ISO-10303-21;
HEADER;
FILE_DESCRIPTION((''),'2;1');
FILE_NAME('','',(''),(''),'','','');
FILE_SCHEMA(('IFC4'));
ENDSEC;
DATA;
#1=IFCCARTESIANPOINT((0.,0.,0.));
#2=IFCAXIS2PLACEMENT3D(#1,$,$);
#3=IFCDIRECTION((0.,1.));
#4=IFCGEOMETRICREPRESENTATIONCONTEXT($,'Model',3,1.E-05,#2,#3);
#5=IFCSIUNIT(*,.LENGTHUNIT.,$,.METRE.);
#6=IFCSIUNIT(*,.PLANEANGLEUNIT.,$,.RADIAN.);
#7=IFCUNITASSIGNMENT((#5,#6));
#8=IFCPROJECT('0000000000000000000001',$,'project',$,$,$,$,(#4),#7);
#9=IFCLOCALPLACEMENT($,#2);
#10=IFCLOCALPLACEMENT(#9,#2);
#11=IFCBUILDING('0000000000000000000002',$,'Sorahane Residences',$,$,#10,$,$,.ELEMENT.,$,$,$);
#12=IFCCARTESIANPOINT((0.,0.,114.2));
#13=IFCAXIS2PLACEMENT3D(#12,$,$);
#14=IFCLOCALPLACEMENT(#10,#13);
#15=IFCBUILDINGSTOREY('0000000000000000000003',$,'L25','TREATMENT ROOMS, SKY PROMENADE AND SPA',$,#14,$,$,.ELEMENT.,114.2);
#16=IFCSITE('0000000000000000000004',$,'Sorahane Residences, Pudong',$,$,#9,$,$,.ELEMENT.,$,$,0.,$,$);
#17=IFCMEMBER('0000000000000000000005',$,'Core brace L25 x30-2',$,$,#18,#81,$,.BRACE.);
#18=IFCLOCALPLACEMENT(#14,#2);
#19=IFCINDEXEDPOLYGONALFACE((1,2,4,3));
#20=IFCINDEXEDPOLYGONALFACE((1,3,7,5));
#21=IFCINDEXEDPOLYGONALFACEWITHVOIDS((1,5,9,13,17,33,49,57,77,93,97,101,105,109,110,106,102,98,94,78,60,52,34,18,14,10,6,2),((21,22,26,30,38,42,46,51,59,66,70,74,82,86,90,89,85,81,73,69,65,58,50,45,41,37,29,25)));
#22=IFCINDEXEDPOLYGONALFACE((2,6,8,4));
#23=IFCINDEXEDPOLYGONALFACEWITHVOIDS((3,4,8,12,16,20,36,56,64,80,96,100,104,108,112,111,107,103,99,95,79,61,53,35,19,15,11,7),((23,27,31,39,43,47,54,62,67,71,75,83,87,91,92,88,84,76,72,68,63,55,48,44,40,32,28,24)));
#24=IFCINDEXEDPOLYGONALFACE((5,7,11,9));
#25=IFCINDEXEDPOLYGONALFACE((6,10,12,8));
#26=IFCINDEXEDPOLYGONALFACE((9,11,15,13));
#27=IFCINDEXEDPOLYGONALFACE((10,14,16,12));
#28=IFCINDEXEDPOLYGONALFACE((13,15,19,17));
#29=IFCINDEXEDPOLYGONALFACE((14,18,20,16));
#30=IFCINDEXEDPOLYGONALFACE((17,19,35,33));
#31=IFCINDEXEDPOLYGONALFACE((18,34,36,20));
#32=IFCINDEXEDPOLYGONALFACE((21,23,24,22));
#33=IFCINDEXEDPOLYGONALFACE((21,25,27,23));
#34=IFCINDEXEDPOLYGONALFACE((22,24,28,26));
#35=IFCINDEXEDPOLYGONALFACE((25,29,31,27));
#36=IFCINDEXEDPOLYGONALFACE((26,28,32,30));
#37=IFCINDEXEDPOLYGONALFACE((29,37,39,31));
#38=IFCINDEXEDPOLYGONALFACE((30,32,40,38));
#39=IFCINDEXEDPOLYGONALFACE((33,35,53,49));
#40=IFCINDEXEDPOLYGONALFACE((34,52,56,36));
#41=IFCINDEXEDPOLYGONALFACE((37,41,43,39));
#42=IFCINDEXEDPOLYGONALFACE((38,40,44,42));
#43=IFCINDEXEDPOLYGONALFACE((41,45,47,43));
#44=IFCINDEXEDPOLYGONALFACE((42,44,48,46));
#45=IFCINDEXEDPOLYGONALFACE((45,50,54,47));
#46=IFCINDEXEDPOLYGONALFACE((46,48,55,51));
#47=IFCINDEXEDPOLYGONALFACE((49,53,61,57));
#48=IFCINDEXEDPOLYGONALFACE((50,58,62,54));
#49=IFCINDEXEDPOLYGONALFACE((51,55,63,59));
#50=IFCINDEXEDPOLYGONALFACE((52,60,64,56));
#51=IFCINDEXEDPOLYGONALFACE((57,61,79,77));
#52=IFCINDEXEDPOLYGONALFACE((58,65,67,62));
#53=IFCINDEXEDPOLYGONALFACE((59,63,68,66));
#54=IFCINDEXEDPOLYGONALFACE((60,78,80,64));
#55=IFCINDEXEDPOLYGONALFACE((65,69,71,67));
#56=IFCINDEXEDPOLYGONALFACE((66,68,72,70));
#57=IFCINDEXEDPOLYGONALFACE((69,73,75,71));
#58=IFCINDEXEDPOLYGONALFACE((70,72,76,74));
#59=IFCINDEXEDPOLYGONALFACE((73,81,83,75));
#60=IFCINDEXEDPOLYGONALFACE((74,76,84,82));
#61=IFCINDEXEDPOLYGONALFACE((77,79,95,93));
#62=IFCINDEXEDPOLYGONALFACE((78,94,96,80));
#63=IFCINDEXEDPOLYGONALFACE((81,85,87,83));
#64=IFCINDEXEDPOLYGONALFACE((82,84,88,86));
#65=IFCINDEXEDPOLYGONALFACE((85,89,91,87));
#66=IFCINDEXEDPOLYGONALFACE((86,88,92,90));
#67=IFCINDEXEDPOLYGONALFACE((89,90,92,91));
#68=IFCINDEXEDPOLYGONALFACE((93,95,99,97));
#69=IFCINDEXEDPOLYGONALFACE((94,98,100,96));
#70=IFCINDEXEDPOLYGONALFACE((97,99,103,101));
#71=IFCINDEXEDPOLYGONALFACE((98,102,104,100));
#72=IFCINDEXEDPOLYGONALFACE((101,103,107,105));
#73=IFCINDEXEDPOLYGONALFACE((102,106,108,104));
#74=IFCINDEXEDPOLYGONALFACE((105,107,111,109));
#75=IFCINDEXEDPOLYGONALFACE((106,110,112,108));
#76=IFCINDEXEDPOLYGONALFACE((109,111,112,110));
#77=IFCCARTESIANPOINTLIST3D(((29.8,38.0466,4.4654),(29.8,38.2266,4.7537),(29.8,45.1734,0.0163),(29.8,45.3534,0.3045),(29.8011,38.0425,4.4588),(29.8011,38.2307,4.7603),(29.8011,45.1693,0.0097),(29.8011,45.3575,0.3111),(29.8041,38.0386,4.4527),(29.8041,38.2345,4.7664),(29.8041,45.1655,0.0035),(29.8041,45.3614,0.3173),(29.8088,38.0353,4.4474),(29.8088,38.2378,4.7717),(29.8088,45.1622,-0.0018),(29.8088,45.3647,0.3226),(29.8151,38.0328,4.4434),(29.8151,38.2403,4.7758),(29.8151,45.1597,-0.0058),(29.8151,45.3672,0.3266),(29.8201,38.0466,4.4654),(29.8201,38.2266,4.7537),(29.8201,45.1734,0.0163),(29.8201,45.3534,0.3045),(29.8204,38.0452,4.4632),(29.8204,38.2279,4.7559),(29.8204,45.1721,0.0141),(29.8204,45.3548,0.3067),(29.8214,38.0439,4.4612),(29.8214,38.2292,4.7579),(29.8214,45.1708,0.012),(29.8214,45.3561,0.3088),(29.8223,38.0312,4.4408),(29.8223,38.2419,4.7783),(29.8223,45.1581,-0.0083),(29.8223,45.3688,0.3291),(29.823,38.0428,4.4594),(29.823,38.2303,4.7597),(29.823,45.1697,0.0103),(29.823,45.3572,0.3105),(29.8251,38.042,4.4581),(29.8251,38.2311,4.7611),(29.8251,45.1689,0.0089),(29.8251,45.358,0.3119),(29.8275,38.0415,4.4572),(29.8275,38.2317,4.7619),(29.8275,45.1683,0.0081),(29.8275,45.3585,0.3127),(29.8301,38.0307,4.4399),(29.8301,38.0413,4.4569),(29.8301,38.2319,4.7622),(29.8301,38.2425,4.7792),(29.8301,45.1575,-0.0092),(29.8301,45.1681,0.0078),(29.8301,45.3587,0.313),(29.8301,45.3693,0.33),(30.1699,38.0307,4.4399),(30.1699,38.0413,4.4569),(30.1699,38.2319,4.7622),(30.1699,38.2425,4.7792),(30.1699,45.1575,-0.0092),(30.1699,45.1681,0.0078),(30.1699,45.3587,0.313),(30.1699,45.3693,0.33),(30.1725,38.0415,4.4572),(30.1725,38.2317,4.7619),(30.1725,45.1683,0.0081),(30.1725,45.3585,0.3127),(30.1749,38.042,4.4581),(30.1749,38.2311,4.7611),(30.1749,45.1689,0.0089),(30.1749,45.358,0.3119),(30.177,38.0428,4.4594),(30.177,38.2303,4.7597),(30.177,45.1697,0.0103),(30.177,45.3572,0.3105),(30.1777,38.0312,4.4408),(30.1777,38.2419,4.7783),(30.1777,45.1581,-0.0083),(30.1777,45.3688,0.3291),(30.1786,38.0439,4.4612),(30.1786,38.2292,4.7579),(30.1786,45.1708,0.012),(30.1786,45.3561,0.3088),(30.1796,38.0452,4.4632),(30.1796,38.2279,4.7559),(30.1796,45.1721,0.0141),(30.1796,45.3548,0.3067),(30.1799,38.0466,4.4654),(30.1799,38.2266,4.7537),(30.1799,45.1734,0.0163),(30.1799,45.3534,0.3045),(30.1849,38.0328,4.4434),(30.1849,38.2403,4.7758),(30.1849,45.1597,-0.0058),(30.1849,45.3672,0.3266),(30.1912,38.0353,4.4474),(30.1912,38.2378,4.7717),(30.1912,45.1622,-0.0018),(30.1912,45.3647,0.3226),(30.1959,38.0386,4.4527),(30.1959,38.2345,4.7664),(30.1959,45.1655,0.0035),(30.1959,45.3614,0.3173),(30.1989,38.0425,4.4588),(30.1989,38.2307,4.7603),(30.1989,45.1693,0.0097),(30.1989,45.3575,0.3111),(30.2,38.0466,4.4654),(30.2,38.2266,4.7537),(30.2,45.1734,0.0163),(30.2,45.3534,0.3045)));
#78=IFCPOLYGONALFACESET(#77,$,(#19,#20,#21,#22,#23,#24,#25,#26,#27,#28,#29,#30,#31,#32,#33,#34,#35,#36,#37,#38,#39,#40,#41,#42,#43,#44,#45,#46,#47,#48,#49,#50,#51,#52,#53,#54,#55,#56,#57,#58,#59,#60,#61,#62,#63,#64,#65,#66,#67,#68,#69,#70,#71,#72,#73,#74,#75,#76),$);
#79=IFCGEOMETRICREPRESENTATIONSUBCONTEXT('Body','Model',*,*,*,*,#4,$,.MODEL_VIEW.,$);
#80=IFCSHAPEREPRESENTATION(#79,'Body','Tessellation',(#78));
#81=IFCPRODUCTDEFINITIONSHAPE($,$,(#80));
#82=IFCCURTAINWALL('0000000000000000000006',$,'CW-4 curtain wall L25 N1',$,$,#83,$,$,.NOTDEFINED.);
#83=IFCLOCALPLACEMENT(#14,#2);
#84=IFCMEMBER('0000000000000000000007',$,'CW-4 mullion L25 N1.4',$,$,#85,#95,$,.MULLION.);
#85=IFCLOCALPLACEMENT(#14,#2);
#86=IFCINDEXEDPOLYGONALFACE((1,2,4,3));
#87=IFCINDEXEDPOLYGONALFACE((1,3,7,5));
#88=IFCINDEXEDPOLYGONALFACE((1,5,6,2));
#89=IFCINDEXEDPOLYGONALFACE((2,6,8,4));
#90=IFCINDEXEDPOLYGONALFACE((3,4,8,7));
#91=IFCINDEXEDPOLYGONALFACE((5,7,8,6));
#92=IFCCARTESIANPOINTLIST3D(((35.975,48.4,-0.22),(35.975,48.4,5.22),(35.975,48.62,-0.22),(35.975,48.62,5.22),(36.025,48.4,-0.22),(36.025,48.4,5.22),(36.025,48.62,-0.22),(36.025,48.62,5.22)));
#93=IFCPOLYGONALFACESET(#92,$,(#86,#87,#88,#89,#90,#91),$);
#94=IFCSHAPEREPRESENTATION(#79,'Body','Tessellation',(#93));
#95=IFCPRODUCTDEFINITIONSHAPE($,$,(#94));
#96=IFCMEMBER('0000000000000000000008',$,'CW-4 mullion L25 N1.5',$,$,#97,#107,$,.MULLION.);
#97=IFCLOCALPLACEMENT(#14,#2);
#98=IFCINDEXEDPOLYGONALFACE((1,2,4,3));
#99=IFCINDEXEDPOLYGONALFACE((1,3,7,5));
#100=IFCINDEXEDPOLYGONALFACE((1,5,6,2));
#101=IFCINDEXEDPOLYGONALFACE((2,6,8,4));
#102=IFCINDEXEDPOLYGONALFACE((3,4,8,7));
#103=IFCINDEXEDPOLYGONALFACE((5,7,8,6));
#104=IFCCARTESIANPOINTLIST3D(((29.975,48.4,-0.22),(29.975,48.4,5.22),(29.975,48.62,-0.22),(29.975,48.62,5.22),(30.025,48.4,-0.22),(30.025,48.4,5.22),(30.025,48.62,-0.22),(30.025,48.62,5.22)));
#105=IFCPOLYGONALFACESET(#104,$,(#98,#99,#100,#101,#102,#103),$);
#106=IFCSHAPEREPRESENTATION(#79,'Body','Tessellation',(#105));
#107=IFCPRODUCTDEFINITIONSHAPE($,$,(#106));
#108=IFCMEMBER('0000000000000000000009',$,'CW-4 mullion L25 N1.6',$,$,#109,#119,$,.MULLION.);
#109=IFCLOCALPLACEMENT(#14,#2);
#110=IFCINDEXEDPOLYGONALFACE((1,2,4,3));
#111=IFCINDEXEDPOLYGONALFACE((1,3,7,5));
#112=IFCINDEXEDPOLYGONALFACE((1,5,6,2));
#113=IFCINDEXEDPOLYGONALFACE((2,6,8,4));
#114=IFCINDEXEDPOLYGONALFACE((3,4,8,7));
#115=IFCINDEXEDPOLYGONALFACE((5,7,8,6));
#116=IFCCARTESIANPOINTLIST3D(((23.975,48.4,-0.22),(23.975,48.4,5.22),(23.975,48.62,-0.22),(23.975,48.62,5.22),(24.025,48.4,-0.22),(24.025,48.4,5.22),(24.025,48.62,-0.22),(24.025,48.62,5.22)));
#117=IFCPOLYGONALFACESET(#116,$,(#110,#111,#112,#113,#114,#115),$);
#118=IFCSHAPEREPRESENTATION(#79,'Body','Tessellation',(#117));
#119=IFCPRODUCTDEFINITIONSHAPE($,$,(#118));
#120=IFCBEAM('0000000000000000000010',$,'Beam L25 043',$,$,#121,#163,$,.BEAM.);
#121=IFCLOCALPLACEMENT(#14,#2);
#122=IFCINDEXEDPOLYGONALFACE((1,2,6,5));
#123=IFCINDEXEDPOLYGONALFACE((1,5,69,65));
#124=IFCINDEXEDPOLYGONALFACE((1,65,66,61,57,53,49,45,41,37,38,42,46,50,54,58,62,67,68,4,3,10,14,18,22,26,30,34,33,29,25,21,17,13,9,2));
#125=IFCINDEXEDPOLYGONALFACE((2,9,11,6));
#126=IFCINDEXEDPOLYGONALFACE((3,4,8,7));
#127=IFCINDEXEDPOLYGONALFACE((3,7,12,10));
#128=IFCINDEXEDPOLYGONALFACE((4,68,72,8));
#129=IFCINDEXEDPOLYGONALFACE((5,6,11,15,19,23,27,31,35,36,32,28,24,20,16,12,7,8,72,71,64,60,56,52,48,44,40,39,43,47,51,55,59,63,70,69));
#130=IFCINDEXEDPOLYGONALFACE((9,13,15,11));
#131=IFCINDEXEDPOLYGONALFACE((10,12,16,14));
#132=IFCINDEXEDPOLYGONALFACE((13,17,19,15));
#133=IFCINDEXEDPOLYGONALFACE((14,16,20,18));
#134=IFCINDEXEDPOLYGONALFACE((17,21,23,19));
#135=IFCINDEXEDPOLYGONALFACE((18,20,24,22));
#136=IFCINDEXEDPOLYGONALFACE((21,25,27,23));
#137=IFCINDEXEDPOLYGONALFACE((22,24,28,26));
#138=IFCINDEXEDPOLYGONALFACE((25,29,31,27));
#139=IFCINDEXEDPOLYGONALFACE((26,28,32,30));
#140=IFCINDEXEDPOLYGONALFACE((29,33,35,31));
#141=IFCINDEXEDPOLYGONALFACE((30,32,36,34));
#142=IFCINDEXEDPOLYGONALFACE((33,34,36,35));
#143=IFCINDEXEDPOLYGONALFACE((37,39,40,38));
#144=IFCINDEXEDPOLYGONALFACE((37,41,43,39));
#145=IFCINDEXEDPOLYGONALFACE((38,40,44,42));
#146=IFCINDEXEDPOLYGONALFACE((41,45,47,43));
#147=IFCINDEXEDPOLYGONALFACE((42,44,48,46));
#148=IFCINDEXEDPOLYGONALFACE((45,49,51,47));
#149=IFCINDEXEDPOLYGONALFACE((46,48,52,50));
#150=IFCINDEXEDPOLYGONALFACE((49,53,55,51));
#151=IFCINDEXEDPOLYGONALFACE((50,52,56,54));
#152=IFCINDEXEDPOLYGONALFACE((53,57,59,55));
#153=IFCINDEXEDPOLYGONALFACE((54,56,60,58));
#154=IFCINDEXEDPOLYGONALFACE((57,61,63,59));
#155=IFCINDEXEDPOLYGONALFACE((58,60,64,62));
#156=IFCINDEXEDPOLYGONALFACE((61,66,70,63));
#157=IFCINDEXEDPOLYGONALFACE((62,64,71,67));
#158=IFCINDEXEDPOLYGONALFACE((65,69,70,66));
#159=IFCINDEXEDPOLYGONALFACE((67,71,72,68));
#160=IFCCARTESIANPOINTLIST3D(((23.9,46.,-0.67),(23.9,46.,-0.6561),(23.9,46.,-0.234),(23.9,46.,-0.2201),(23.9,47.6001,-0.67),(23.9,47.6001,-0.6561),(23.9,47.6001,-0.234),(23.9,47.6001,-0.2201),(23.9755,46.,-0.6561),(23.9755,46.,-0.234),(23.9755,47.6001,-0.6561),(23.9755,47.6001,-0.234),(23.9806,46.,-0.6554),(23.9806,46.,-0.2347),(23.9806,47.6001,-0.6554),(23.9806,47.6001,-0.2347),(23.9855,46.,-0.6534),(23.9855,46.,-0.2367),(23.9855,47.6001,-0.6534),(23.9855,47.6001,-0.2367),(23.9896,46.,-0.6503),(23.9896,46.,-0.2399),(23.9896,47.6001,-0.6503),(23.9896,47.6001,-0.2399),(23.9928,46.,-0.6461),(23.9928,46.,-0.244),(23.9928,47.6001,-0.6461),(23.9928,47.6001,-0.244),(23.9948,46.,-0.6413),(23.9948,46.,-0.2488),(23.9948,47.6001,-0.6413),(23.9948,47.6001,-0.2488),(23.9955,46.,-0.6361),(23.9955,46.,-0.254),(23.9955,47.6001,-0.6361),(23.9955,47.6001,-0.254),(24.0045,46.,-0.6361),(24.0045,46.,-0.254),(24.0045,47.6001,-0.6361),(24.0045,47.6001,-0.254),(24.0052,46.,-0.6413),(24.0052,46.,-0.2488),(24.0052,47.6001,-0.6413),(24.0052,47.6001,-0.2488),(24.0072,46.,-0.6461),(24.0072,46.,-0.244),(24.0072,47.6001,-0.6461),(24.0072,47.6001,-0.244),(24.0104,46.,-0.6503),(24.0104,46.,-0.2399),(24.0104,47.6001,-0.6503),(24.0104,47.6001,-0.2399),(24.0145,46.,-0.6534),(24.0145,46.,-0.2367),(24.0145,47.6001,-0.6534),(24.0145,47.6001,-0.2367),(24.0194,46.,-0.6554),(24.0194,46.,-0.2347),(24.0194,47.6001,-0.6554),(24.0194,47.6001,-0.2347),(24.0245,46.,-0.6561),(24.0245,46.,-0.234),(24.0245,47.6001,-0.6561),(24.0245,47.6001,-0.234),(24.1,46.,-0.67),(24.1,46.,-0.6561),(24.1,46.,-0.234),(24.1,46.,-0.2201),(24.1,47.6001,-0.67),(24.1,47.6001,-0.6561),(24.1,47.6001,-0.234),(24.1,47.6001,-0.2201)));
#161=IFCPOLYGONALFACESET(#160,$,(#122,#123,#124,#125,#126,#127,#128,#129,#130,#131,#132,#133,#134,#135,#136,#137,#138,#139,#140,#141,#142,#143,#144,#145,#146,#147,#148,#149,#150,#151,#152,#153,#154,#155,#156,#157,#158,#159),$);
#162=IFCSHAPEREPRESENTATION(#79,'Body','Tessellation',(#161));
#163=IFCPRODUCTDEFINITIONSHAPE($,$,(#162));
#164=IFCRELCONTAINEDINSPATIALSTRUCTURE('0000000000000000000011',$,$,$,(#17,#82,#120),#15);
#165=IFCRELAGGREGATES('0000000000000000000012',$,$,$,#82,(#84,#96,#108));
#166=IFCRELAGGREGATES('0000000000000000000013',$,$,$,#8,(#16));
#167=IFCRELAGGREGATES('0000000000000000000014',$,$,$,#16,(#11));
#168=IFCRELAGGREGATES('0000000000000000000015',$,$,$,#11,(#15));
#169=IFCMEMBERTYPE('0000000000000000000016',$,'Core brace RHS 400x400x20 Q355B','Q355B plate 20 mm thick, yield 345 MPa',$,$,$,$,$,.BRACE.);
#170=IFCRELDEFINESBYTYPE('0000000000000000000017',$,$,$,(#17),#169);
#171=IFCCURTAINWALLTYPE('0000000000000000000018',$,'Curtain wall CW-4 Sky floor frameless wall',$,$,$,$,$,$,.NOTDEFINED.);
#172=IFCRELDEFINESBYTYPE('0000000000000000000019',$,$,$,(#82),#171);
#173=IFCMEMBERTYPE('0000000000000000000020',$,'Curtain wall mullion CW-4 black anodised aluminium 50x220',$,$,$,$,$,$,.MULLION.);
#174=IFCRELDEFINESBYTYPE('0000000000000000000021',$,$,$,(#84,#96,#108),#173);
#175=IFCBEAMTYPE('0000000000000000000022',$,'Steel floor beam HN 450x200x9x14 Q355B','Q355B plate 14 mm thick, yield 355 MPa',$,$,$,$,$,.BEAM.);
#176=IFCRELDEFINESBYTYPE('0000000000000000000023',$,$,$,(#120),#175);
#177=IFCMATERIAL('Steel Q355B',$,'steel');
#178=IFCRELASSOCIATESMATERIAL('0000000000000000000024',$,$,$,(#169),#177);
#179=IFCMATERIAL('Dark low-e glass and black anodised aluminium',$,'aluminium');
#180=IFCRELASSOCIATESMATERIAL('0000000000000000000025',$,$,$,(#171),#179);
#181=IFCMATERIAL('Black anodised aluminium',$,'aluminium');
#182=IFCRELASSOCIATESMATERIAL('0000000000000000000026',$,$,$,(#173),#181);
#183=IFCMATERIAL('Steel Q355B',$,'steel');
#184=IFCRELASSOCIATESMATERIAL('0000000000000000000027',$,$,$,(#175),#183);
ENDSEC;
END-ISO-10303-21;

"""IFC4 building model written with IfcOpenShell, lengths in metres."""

from ifc_helpers import new_model, si_unit, direction, frame, origin, origin_2d, place, context, subcontext, project, spatial, rectangle, hollow_rectangle, i_section, extrude, material, material_profile, profile_set, type_object, element, aggregate, save


model = new_model("IFC4")

# Units and contexts
model_context = context("Model", 3, precision=1e-05, world=origin(), true_north=direction((0.0, 1.0)))
body_context = subcontext(model_context, "Body", "Model", "MODEL_VIEW")
ifc_project = project(units=[si_unit("LENGTHUNIT", "METRE"), si_unit("PLANEANGLEUNIT", "RADIAN")], contexts=[model_context])

# Site, building, storey
site_placement = place(None, origin())
site = spatial("IfcSite", under=ifc_project, at=site_placement, Name="Sorahane Residences, Pudong", CompositionType="ELEMENT", RefElevation=0.0)
building_placement = place(site_placement, origin())
building = spatial("IfcBuilding", under=site, at=building_placement, Name="Sorahane Residences", CompositionType="ELEMENT")
storey_placement = place(building_placement, frame((0.0, 0.0, 114.2)))
storey = spatial("IfcBuildingStorey", under=building, at=storey_placement, Name="L25", Description="TREATMENT ROOMS, SKY PROMENADE AND SPA", CompositionType="ELEMENT", Elevation=114.2)

# Member
ifc_material_1 = material(Name="Steel Q355B", Category="steel")
ifc_material_profile_1 = material_profile(ifc_material_1, hollow_rectangle(XDim=0.3999, YDim=0.3999, WallThickness=0.02, InnerFilletRadius=0.01, OuterFilletRadius=0.03, at=origin_2d()), Name="RHS 400x400x20")
ifc_profile_set_1 = profile_set([ifc_material_profile_1], Name="Steel Q355B")
member_type_1 = type_object("IfcMemberType", Name="Core brace RHS 400x400x20 Q355B", Description="Q355B plate 20 mm thick, yield 345 MPa", PredefinedType="BRACE", material=ifc_profile_set_1)
member_1_placement = place(storey_placement, frame((30.0, 45.2634, 0.1604), z_axis=(0.0, -0.848272, 0.52956), x_axis=(1.0, 0.0, 0.0)))
element("IfcMember", 1, at=member_1_placement, inside=storey, type_object=member_type_1, Name="Core brace L25 x30-2", PredefinedType="BRACE", context=body_context, shape_type="SweptSolid", body=[
    extrude(hollow_rectangle(XDim=0.3999, YDim=0.3999, WallThickness=0.02, InnerFilletRadius=0.01, OuterFilletRadius=0.03, at=origin_2d()), origin(), (0.0, 0.0, 1.0), 8.4016),
])

# Curtain wall, members
ifc_material_2 = material(Name="Dark low-e glass and black anodised aluminium", Category="aluminium")
curtain_wall_type = type_object("IfcCurtainWallType", Name="Curtain wall CW-4 Sky floor frameless wall", PredefinedType="NOTDEFINED", material=ifc_material_2)
curtain_wall_placement = place(storey_placement, origin())
curtain_wall = element("IfcCurtainWall", 2, at=curtain_wall_placement, inside=storey, type_object=curtain_wall_type, Name="CW-4 curtain wall L25 N1", PredefinedType="NOTDEFINED")
ifc_material_3 = material(Name="Black anodised aluminium", Category="aluminium")
ifc_material_profile_2 = material_profile(ifc_material_3, rectangle(XDim=0.22, YDim=0.05, at=origin_2d()), Name="Curtain wall mullion CW-4 black anodised aluminium 50x220")
ifc_profile_set_2 = profile_set([ifc_material_profile_2], Name="Black anodised aluminium")
member_type_2 = type_object("IfcMemberType", Name="Curtain wall mullion CW-4 black anodised aluminium 50x220", PredefinedType="MULLION", material=ifc_profile_set_2)
member_2_placement = place(storey_placement, frame((36.0, 48.51, -0.22), z_axis=(0.0, 0.0, 1.0), x_axis=(0.0, 1.0, 0.0)))
member_2 = element("IfcMember", 3, at=member_2_placement, type_object=member_type_2, Name="CW-4 mullion L25 N1.4", PredefinedType="MULLION", context=body_context, shape_type="SweptSolid", body=[
    extrude(rectangle(XDim=0.22, YDim=0.05, at=origin_2d()), origin(), (0.0, 0.0, 1.0), 5.4399),
])
member_3_placement = place(storey_placement, frame((30.0, 48.51, -0.22), z_axis=(0.0, 0.0, 1.0), x_axis=(0.0, 1.0, 0.0)))
member_3 = element("IfcMember", 4, at=member_3_placement, type_object=member_type_2, Name="CW-4 mullion L25 N1.5", PredefinedType="MULLION", context=body_context, shape_type="SweptSolid", body=[
    extrude(rectangle(XDim=0.22, YDim=0.05, at=origin_2d()), origin(), (0.0, 0.0, 1.0), 5.4399),
])
member_4_placement = place(storey_placement, frame((24.0, 48.51, -0.22), z_axis=(0.0, 0.0, 1.0), x_axis=(0.0, 1.0, 0.0)))
member_4 = element("IfcMember", 5, at=member_4_placement, type_object=member_type_2, Name="CW-4 mullion L25 N1.6", PredefinedType="MULLION", context=body_context, shape_type="SweptSolid", body=[
    extrude(rectangle(XDim=0.22, YDim=0.05, at=origin_2d()), origin(), (0.0, 0.0, 1.0), 5.4399),
])

# Beam
ifc_material_4 = material(Name="Steel Q355B", Category="steel")
ifc_material_profile_3 = material_profile(ifc_material_4, i_section(OverallWidth=0.2, OverallDepth=0.45, WebThickness=0.009, FlangeThickness=0.0139, FilletRadius=0.02, at=origin_2d()), Name="HN 450x200x9x14")
ifc_profile_set_3 = profile_set([ifc_material_profile_3], Name="Steel Q355B")
beam_type_1 = type_object("IfcBeamType", Name="Steel floor beam HN 450x200x9x14 Q355B", Description="Q355B plate 14 mm thick, yield 355 MPa", PredefinedType="BEAM", material=ifc_profile_set_3)
beam_1_placement = place(storey_placement, frame((24.0, 46.0, -0.4451), z_axis=(0.0, 1.0, 0.0), x_axis=(-1.0, 0.0, 0.0)))
element("IfcBeam", 6, at=beam_1_placement, inside=storey, type_object=beam_type_1, Name="Beam L25 043", PredefinedType="BEAM", context=body_context, shape_type="SweptSolid", body=[
    extrude(i_section(OverallWidth=0.2, OverallDepth=0.45, WebThickness=0.009, FlangeThickness=0.0139, FilletRadius=0.02, at=origin_2d()), origin(), (0.0, 0.0, 1.0), 1.6001),
])

aggregate(curtain_wall, [member_2, member_3, member_4])

save(model, "model.ifc")
